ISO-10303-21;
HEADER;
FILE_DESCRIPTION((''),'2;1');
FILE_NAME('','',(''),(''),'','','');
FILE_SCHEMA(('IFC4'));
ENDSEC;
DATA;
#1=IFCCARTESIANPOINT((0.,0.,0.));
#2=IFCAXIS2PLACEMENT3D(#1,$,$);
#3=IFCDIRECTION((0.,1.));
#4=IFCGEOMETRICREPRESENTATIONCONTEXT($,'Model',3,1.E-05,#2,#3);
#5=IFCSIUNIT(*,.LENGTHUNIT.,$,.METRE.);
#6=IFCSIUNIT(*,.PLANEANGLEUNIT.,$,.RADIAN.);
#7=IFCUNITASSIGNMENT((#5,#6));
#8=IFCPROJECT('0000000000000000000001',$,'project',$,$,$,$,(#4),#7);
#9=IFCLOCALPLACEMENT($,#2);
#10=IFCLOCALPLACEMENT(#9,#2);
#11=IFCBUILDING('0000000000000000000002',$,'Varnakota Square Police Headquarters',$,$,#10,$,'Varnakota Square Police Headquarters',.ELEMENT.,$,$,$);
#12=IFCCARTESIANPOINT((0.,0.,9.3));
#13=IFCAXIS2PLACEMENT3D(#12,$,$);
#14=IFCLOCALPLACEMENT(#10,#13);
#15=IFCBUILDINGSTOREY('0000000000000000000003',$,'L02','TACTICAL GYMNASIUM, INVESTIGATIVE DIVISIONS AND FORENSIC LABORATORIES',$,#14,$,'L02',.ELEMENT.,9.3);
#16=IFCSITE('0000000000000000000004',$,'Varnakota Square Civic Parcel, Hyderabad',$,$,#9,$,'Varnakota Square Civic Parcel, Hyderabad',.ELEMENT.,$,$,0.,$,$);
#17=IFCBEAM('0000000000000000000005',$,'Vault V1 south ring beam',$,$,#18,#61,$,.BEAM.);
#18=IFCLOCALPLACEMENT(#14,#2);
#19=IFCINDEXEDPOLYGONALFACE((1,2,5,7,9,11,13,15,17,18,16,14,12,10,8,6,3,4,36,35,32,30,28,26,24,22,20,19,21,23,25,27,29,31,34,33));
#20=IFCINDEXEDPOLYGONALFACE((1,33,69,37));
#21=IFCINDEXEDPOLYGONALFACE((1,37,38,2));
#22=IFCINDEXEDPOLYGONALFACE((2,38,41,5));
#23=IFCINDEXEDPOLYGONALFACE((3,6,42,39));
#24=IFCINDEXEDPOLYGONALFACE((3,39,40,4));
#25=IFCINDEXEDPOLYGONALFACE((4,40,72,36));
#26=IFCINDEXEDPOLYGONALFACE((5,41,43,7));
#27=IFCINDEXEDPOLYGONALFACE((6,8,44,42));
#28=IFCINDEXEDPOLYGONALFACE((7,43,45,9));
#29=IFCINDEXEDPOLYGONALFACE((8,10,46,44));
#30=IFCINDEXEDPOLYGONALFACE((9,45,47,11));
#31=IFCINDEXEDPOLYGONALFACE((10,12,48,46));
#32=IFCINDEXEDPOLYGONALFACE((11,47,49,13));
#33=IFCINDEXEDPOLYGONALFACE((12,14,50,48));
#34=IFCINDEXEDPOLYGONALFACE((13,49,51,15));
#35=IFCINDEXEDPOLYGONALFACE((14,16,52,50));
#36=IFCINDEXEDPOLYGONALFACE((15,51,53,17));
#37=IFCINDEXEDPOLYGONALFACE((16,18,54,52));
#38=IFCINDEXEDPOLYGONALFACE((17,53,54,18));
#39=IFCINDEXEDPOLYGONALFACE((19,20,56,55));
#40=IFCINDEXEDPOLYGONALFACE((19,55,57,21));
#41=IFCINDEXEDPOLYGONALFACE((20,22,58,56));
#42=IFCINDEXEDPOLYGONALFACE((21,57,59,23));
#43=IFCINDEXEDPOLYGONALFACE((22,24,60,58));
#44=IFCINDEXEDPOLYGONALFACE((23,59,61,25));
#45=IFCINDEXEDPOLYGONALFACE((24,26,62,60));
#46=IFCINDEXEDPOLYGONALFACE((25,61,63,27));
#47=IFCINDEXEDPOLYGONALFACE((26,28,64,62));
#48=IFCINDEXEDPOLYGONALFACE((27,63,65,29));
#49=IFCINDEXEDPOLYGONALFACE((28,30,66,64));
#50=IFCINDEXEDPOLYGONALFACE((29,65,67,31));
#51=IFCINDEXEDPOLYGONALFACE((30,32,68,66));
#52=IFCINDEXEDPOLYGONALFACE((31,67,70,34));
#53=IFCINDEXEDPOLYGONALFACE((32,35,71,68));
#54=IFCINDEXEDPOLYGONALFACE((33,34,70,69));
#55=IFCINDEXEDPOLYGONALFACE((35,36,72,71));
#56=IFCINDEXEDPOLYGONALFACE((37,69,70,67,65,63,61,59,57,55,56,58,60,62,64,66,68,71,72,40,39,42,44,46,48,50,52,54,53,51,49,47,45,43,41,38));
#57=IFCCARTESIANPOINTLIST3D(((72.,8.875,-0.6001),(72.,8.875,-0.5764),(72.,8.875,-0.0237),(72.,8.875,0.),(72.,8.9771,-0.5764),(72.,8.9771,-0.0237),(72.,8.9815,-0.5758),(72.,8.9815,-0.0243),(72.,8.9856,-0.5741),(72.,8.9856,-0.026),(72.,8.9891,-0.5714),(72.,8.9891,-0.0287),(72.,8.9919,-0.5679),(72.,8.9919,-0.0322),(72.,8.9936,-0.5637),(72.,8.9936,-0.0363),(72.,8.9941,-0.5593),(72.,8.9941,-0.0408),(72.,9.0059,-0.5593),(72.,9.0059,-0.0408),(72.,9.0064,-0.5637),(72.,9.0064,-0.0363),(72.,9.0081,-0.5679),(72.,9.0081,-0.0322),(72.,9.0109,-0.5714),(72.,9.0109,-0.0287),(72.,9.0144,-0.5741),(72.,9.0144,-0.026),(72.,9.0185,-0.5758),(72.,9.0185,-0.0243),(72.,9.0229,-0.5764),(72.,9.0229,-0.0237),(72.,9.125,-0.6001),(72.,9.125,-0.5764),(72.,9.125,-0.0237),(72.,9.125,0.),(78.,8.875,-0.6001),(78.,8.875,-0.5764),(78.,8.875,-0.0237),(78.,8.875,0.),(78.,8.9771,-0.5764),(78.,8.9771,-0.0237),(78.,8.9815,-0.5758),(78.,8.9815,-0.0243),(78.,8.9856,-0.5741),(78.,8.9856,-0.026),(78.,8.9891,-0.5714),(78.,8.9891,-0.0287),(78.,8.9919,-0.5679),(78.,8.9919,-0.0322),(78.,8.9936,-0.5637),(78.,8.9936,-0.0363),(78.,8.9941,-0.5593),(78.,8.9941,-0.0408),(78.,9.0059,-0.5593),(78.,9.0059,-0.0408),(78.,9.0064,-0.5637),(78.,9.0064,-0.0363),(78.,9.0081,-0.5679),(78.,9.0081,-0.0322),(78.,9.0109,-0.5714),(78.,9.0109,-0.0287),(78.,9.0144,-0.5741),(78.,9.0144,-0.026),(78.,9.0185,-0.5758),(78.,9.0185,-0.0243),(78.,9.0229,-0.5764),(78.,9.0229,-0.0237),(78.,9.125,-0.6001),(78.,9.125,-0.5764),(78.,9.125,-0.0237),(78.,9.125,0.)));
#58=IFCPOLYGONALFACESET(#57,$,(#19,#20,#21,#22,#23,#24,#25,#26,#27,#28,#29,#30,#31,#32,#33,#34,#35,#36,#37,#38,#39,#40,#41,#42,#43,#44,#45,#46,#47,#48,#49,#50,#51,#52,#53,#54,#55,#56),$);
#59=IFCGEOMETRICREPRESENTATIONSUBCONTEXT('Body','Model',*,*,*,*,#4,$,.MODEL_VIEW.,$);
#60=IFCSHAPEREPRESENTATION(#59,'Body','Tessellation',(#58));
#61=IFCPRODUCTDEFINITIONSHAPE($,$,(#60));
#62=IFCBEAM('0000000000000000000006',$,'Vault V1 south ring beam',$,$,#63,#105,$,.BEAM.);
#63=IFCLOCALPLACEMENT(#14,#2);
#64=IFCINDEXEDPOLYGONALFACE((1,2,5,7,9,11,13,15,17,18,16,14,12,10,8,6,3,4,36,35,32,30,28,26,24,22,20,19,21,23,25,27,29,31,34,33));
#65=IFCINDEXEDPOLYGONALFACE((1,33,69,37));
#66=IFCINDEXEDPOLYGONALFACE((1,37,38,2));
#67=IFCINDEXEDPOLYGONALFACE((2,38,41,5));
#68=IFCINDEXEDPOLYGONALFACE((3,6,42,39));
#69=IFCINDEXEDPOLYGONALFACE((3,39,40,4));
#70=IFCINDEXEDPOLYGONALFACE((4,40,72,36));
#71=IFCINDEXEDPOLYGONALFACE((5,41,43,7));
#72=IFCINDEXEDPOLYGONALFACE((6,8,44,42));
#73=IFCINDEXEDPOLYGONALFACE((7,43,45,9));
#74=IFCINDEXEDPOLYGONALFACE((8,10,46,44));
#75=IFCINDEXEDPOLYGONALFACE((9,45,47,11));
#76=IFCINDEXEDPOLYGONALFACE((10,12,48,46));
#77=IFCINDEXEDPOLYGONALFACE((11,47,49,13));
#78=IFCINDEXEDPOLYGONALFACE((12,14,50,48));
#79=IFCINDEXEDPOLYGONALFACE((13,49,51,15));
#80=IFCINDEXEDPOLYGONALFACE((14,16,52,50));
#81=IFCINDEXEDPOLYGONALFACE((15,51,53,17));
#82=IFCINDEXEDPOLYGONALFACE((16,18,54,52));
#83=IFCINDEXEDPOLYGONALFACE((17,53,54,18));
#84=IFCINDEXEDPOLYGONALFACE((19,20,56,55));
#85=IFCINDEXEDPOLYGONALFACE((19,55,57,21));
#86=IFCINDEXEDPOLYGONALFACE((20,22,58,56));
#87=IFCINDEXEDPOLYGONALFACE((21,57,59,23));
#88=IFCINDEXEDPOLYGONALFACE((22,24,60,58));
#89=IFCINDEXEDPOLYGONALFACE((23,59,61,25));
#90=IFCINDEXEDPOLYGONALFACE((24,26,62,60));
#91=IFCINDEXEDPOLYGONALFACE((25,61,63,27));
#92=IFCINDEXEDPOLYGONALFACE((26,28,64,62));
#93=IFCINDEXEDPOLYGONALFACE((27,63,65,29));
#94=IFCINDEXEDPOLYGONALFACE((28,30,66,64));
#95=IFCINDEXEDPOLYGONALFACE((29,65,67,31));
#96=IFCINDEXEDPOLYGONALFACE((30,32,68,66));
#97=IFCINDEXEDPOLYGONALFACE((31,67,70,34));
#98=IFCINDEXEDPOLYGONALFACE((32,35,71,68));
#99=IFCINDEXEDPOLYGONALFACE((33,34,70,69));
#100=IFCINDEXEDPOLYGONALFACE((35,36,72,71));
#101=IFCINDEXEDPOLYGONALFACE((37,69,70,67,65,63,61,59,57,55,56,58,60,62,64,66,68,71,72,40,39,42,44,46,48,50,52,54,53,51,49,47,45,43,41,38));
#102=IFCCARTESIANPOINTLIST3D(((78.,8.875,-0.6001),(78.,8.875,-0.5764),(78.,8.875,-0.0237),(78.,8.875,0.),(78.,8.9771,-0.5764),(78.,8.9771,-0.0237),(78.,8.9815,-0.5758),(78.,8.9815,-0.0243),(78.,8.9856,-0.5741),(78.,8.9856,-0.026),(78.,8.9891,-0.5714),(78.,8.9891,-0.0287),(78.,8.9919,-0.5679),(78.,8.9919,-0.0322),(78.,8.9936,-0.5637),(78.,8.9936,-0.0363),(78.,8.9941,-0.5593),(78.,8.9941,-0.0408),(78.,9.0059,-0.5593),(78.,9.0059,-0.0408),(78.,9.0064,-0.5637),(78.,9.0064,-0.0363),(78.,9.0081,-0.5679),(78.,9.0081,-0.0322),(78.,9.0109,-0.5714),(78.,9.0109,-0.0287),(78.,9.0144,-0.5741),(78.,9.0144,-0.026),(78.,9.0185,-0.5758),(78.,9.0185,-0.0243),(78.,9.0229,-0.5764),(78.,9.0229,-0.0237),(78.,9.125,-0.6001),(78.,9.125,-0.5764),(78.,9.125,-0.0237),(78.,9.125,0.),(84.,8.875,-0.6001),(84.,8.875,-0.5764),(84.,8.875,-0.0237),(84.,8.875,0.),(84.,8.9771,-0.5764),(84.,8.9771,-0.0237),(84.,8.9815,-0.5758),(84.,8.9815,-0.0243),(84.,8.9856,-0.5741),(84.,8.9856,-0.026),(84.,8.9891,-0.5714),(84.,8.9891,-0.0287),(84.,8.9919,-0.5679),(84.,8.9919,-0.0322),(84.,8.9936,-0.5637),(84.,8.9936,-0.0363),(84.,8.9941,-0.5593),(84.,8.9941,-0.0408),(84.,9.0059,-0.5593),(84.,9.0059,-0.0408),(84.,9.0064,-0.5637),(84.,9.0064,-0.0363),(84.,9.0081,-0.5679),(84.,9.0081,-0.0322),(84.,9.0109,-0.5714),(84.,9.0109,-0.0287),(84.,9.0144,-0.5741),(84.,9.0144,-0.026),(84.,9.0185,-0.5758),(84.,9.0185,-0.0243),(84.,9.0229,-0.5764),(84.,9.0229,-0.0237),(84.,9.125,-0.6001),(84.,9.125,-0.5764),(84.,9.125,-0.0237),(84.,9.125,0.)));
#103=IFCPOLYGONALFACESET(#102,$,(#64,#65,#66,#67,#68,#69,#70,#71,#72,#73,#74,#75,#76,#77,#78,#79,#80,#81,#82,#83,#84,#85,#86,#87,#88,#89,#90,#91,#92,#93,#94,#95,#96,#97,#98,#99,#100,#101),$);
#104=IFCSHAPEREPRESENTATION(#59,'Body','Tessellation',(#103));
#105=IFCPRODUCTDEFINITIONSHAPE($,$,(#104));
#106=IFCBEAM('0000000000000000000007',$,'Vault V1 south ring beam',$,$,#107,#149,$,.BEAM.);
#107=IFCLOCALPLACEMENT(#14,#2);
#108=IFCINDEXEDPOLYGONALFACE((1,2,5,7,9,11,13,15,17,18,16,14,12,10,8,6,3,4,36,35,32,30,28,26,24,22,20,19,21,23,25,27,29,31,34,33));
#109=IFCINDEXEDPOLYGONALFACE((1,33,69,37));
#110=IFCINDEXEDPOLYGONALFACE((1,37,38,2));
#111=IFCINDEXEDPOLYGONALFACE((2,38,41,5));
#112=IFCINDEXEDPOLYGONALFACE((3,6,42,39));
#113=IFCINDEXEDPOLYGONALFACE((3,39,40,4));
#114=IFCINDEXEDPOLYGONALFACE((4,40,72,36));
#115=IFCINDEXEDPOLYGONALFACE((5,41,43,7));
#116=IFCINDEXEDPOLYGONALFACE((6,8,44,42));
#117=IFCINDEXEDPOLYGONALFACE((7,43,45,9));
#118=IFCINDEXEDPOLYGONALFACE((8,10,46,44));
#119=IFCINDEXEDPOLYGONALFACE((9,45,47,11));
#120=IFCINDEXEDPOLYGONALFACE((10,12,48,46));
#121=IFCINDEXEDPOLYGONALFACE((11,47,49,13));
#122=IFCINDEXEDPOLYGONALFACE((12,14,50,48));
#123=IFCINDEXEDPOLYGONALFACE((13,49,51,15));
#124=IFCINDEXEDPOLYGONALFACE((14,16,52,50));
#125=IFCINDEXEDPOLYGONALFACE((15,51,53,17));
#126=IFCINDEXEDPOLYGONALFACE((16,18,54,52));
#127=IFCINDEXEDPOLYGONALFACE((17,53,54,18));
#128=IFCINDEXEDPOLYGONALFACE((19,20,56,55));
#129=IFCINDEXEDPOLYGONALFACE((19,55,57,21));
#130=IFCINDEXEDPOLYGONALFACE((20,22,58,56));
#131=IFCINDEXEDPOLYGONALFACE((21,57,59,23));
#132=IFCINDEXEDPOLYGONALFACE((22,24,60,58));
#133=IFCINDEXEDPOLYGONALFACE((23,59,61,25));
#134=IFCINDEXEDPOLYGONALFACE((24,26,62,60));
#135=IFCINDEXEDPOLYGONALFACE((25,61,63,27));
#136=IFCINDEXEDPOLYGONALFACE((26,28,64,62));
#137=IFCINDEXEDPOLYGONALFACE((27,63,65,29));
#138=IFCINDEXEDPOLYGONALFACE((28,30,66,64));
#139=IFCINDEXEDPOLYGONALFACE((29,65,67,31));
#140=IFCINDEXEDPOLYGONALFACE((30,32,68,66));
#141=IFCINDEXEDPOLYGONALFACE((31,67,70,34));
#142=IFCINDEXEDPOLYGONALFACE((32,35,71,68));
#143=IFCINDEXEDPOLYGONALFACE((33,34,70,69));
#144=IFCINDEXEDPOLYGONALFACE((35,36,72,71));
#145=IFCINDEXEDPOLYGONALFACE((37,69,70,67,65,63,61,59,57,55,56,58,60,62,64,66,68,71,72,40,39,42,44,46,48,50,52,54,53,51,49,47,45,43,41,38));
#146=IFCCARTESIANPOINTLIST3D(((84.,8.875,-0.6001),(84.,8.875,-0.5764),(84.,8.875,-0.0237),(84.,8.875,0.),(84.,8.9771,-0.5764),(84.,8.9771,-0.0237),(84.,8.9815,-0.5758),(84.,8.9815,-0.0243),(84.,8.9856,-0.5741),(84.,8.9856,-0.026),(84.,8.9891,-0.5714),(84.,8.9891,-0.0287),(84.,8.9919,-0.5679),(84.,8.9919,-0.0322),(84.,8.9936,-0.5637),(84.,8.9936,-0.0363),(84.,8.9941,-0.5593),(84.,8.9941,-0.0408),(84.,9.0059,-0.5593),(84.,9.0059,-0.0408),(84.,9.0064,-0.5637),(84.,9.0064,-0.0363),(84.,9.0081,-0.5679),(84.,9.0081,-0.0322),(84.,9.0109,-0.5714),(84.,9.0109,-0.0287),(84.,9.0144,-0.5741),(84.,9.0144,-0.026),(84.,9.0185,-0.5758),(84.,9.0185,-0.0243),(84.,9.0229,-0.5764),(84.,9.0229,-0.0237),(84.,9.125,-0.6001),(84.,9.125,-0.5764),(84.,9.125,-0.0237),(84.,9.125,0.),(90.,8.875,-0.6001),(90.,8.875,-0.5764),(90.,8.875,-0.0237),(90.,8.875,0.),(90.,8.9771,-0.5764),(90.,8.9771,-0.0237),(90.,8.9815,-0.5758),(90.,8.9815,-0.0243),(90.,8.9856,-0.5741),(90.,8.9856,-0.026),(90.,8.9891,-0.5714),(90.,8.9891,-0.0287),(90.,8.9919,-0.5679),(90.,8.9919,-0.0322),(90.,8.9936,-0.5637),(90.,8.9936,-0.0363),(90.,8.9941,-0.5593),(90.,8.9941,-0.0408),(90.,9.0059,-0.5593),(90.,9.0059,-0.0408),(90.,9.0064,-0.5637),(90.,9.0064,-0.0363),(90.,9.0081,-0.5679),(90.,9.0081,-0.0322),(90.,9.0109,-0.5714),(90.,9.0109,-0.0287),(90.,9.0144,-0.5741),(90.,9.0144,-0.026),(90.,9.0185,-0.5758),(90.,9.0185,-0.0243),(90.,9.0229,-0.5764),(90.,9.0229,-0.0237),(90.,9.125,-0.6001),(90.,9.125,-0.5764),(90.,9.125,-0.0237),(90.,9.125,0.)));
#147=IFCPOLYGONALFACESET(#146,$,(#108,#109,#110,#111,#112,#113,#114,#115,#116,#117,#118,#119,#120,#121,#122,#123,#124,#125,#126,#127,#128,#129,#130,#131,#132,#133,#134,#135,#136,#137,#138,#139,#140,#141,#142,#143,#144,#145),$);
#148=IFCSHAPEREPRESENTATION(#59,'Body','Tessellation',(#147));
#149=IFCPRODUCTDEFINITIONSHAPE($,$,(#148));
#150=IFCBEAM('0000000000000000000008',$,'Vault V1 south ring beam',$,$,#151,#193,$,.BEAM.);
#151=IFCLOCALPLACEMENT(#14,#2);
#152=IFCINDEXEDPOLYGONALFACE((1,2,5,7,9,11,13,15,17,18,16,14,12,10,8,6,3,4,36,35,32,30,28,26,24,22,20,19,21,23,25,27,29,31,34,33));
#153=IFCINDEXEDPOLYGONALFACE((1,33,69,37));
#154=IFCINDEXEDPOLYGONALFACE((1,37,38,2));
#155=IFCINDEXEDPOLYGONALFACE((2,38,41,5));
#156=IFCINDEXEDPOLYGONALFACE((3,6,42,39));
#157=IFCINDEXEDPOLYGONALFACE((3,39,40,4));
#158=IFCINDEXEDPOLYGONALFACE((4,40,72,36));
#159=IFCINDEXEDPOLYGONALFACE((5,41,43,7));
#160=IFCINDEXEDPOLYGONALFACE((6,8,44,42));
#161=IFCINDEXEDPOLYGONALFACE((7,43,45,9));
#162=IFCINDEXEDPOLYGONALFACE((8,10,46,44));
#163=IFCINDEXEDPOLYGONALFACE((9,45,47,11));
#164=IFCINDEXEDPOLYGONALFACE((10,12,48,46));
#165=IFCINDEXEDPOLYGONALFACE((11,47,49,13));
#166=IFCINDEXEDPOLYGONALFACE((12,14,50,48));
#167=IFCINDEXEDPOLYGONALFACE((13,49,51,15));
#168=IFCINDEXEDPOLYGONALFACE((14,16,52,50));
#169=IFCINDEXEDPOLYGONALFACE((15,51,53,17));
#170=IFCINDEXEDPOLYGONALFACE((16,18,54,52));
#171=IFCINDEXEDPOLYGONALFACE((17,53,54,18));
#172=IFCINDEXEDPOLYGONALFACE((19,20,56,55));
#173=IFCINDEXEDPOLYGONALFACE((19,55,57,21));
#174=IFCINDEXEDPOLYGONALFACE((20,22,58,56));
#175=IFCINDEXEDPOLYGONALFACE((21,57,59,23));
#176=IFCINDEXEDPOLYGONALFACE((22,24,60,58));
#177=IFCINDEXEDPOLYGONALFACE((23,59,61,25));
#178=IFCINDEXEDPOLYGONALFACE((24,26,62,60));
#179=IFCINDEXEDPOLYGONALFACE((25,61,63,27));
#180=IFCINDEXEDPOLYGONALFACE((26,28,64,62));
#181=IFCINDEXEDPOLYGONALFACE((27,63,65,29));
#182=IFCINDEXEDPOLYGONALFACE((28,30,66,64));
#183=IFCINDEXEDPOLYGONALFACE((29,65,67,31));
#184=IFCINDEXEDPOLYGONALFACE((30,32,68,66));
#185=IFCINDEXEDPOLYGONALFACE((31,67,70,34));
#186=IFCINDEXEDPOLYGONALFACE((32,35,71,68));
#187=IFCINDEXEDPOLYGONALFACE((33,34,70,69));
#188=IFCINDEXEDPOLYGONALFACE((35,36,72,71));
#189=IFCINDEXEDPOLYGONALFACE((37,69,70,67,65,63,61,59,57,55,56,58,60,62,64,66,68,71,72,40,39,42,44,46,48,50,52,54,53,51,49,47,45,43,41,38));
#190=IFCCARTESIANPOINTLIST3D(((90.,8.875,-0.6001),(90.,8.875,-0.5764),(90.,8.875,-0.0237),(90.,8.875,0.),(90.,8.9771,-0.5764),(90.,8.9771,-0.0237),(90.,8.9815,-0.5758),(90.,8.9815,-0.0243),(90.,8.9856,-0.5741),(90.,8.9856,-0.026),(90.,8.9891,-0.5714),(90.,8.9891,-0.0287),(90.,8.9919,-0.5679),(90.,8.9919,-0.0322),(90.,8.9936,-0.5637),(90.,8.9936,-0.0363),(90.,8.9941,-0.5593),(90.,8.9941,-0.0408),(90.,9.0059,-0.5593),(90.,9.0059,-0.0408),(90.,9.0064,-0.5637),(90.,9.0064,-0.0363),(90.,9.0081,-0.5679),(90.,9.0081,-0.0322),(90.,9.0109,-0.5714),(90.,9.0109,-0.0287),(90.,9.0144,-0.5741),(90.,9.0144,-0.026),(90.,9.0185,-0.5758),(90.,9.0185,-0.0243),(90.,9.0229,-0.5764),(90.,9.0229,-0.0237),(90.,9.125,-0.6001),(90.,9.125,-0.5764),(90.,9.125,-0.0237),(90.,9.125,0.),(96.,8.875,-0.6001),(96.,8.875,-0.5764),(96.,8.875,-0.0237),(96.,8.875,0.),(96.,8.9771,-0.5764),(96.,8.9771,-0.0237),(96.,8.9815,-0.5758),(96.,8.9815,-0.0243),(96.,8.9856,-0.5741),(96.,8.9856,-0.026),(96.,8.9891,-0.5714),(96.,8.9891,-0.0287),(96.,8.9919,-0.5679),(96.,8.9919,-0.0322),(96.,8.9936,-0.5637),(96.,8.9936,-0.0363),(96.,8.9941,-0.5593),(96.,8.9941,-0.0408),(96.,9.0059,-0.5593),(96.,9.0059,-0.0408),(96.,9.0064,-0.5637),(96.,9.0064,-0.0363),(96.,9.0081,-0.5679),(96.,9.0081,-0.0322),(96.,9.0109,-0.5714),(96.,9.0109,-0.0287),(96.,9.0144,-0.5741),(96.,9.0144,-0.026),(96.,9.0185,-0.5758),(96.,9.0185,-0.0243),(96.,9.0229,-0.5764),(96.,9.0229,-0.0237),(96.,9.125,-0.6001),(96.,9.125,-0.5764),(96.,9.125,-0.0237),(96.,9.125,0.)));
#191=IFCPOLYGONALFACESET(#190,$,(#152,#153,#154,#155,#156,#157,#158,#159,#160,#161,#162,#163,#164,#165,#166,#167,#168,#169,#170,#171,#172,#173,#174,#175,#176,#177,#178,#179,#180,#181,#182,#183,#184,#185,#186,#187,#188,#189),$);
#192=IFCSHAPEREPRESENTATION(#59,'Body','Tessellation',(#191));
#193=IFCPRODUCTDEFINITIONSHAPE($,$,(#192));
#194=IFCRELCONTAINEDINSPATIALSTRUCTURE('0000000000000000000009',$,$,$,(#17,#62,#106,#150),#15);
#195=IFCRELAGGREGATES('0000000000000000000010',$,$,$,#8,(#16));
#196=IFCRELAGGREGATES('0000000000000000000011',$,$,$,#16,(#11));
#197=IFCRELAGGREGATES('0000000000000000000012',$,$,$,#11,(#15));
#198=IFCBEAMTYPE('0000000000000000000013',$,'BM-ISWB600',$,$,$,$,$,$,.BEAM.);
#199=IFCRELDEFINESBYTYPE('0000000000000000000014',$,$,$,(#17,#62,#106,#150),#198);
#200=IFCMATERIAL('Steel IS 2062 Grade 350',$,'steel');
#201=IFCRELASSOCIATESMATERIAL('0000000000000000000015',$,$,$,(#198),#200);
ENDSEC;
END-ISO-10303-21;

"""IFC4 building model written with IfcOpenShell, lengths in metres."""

from ifc_helpers import new_model, si_unit, direction, frame, origin, origin_2d, place, context, subcontext, project, spatial, i_section, extrude, material, material_profile, profile_set, type_object, element, save


model = new_model("IFC4")

# Units and contexts
model_context = context("Model", 3, precision=1e-05, world=origin(), true_north=direction((0.0, 1.0)))
body_context = subcontext(model_context, "Body", "Model", "MODEL_VIEW")
ifc_project = project(units=[si_unit("LENGTHUNIT", "METRE"), si_unit("PLANEANGLEUNIT", "RADIAN")], contexts=[model_context])

# Site, building, storey
site_placement = place(None, origin())
site = spatial("IfcSite", under=ifc_project, at=site_placement, Name="Varnakota Square Civic Parcel, Hyderabad", LongName="Varnakota Square Civic Parcel, Hyderabad", CompositionType="ELEMENT", RefElevation=0.0)
building_placement = place(site_placement, origin())
building = spatial("IfcBuilding", under=site, at=building_placement, Name="Varnakota Square Police Headquarters", LongName="Varnakota Square Police Headquarters", CompositionType="ELEMENT")
storey_placement = place(building_placement, frame((0.0, 0.0, 9.3)))
storey = spatial("IfcBuildingStorey", under=building, at=storey_placement, Name="L02", Description="TACTICAL GYMNASIUM, INVESTIGATIVE DIVISIONS AND FORENSIC LABORATORIES", LongName="L02", CompositionType="ELEMENT", Elevation=9.3)

# Beams
ifc_material_1 = material(Name="Steel IS 2062 Grade 350", Category="steel")
ifc_material_profile_1 = material_profile(ifc_material_1, i_section(OverallWidth=0.25, OverallDepth=0.6001, WebThickness=0.0117, FlangeThickness=0.0237, FilletRadius=0.0171, at=origin_2d()), Name="ISWB 600")
ifc_profile_set_1 = profile_set([ifc_material_profile_1], Name="Steel IS 2062 Grade 350")
beam_type_1 = type_object("IfcBeamType", Name="BM-ISWB600", PredefinedType="BEAM", material=ifc_profile_set_1)
for number, where, z_axis, x_axis, name in (
    (1, (72.0, 9.0, -0.3), (1.0, 0.0, 0.0), (0.0, 1.0, 0.0), "Vault V1 south ring beam"),
    (2, (78.0, 9.0, -0.3), (1.0, 0.0, 0.0), (0.0, 1.0, 0.0), "Vault V1 south ring beam"),
    (3, (84.0, 9.0, -0.3), (1.0, 0.0, 0.0), (0.0, 1.0, 0.0), "Vault V1 south ring beam"),
    (4, (90.0, 9.0, -0.3), (1.0, 0.0, 0.0), (0.0, 1.0, 0.0), "Vault V1 south ring beam"),
):
    element("IfcBeam", number, at=place(storey_placement, frame(where, z_axis=z_axis, x_axis=x_axis)), inside=storey, type_object=beam_type_1, Name=name, PredefinedType="BEAM", context=body_context, shape_type="SweptSolid", body=[
        extrude(i_section(OverallWidth=0.25, OverallDepth=0.6001, WebThickness=0.0117, FlangeThickness=0.0237, FilletRadius=0.0171, at=origin_2d()), origin(), (0.0, 0.0, 1.0), 6.0),
    ])

save(model, "model.ifc")
